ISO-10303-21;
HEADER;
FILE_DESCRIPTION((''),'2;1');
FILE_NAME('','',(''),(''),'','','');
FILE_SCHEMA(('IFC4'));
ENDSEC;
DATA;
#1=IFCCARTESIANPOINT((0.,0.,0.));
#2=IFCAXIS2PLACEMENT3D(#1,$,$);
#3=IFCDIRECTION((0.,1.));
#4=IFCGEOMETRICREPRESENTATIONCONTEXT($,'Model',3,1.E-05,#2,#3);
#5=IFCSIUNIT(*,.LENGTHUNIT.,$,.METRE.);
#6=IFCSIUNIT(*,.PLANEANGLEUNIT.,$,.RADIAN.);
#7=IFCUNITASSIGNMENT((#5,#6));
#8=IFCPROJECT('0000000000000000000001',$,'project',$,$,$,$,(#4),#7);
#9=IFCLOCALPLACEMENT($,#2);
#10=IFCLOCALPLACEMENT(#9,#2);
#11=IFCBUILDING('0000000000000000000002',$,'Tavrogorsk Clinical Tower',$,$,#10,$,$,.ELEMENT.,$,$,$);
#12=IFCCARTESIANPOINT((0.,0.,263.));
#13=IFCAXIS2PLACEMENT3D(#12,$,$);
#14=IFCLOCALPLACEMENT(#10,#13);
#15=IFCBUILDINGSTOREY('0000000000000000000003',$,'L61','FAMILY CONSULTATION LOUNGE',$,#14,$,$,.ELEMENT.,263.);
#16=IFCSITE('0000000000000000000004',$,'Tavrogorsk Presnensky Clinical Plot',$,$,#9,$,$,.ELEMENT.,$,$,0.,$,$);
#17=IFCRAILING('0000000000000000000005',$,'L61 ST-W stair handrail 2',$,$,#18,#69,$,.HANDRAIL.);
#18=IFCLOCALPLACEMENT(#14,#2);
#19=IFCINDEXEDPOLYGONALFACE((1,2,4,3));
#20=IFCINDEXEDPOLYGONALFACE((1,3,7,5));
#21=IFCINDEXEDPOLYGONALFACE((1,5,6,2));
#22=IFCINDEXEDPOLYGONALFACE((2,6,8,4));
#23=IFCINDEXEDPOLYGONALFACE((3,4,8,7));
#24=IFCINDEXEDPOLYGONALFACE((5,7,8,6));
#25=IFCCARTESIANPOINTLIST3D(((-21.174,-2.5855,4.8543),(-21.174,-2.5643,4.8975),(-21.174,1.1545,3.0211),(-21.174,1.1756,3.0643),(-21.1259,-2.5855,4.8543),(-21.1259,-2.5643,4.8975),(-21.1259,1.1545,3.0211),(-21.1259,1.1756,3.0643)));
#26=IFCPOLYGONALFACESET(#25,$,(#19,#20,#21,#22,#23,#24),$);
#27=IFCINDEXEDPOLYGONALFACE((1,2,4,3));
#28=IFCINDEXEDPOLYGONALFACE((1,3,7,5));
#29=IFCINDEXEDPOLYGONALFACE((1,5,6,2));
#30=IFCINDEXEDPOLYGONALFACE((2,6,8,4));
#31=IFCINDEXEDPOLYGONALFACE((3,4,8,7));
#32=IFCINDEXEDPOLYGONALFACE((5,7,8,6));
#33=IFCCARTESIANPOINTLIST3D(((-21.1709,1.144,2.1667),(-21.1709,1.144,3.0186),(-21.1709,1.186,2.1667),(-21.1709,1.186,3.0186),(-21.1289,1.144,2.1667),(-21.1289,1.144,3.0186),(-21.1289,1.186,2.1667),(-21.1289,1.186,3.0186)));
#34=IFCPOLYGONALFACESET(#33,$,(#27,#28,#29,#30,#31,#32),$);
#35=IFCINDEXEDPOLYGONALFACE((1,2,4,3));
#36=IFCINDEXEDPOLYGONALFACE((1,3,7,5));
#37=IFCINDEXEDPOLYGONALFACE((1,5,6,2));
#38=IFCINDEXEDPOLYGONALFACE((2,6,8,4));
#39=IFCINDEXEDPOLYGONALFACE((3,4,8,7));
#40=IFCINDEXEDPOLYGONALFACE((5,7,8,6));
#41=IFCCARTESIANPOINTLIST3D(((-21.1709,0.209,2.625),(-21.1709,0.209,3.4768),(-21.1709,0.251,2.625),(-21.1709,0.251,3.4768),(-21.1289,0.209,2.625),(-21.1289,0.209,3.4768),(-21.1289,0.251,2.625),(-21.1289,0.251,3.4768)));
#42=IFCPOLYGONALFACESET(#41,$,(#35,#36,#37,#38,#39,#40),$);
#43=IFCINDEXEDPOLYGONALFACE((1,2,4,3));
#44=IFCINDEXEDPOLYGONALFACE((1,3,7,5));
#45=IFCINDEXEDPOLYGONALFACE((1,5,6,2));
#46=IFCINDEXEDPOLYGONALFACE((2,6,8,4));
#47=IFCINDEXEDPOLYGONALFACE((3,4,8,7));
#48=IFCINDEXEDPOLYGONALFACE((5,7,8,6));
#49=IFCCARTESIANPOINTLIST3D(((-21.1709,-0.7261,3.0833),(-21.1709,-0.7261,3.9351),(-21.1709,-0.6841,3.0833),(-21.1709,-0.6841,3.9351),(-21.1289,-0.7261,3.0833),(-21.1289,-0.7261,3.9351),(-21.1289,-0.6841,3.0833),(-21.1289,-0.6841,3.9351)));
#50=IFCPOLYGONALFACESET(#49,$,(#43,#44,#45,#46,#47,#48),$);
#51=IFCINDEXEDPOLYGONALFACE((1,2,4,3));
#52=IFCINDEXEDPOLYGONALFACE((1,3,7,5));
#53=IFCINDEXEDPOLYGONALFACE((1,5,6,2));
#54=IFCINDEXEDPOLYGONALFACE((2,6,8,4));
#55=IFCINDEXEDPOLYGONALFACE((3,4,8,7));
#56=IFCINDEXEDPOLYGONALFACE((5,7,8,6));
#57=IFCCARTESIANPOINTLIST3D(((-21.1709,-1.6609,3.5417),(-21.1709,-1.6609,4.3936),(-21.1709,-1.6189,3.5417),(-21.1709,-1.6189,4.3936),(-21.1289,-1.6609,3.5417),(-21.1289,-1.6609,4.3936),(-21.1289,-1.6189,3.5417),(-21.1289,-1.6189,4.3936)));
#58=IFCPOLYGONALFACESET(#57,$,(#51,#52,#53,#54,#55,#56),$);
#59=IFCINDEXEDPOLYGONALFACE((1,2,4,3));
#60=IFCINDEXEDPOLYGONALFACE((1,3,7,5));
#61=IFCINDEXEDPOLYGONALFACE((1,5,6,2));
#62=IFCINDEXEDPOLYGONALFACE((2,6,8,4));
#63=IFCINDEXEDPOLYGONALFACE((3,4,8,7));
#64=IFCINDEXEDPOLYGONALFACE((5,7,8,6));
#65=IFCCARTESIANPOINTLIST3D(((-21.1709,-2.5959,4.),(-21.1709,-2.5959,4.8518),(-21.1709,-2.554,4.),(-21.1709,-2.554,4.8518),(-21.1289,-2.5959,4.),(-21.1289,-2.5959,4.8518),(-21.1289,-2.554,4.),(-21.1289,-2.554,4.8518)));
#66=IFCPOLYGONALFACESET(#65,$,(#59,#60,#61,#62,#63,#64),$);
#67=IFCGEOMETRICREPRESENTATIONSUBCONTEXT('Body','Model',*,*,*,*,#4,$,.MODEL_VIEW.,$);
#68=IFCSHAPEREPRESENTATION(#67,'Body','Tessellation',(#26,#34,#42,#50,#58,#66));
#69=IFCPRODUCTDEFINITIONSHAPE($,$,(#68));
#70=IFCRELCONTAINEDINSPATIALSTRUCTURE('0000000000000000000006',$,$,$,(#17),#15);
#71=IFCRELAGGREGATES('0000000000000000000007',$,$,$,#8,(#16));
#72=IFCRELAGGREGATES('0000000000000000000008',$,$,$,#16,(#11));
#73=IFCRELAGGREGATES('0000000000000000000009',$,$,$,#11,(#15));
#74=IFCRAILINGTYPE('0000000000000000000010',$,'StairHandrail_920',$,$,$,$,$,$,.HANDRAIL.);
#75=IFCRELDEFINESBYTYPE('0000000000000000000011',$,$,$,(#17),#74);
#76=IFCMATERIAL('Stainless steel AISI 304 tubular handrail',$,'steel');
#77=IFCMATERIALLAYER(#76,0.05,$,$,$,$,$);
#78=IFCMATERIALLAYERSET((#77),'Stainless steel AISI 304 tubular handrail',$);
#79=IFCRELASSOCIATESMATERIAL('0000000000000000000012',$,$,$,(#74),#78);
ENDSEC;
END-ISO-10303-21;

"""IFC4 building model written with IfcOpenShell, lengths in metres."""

from ifc_helpers import new_model, si_unit, direction, frame, origin, origin_2d, place, context, subcontext, project, spatial, rectangle, extrude, material, layer, layer_set, type_object, element, save


model = new_model("IFC4")

# Units and contexts
model_context = context("Model", 3, precision=1e-05, world=origin(), true_north=direction((0.0, 1.0)))
body_context = subcontext(model_context, "Body", "Model", "MODEL_VIEW")
ifc_project = project(units=[si_unit("LENGTHUNIT", "METRE"), si_unit("PLANEANGLEUNIT", "RADIAN")], contexts=[model_context])

# Site, building, storey
site_placement = place(None, origin())
site = spatial("IfcSite", under=ifc_project, at=site_placement, Name="Tavrogorsk Presnensky Clinical Plot", CompositionType="ELEMENT", RefElevation=0.0)
building_placement = place(site_placement, origin())
building = spatial("IfcBuilding", under=site, at=building_placement, Name="Tavrogorsk Clinical Tower", CompositionType="ELEMENT")
storey_placement = place(building_placement, frame((0.0, 0.0, 263.0)))
storey = spatial("IfcBuildingStorey", under=building, at=storey_placement, Name="L61", Description="FAMILY CONSULTATION LOUNGE", CompositionType="ELEMENT", Elevation=263.0)

# Railing
ifc_material_1 = material(Name="Stainless steel AISI 304 tubular handrail", Category="steel")
ifc_layer_1 = layer(ifc_material_1, 0.05)
ifc_layer_set_1 = layer_set([ifc_layer_1], Name="Stainless steel AISI 304 tubular handrail")
railing_type = type_object("IfcRailingType", Name="StairHandrail_920", PredefinedType="HANDRAIL", material=ifc_layer_set_1)
railing_placement = place(storey_placement, frame((-21.1499, 1.165, 2.1667)))
element("IfcRailing", 1, at=railing_placement, inside=storey, type_object=railing_type, Name="L61 ST-W stair handrail 2", PredefinedType="HANDRAIL", context=body_context, shape_type="SweptSolid", body=[
    extrude(rectangle(XDim=0.0481, YDim=0.0481, at=origin_2d()), frame((0.0, 0.0, 0.876), z_axis=(0.0, -0.897928, 0.440142), x_axis=(1.0, 0.0, 0.0)), (0.0, 0.0, 1.0), 4.165),
    extrude(rectangle(XDim=0.042, YDim=0.042, at=origin_2d()), origin(), (0.0, 0.0, 1.0), 0.8518),
    extrude(rectangle(XDim=0.042, YDim=0.042, at=origin_2d()), frame((0.0, -0.9351, 0.4583)), (0.0, 0.0, 1.0), 0.8518),
    extrude(rectangle(XDim=0.042, YDim=0.042, at=origin_2d()), frame((0.0, -1.8701, 0.9165)), (0.0, 0.0, 1.0), 0.8518),
    extrude(rectangle(XDim=0.042, YDim=0.042, at=origin_2d()), frame((0.0, -2.8049, 1.375)), (0.0, 0.0, 1.0), 0.8518),
    extrude(rectangle(XDim=0.042, YDim=0.042, at=origin_2d()), frame((0.0, -3.74, 1.8333)), (0.0, 0.0, 1.0), 0.8518),
])

save(model, "model.ifc")
